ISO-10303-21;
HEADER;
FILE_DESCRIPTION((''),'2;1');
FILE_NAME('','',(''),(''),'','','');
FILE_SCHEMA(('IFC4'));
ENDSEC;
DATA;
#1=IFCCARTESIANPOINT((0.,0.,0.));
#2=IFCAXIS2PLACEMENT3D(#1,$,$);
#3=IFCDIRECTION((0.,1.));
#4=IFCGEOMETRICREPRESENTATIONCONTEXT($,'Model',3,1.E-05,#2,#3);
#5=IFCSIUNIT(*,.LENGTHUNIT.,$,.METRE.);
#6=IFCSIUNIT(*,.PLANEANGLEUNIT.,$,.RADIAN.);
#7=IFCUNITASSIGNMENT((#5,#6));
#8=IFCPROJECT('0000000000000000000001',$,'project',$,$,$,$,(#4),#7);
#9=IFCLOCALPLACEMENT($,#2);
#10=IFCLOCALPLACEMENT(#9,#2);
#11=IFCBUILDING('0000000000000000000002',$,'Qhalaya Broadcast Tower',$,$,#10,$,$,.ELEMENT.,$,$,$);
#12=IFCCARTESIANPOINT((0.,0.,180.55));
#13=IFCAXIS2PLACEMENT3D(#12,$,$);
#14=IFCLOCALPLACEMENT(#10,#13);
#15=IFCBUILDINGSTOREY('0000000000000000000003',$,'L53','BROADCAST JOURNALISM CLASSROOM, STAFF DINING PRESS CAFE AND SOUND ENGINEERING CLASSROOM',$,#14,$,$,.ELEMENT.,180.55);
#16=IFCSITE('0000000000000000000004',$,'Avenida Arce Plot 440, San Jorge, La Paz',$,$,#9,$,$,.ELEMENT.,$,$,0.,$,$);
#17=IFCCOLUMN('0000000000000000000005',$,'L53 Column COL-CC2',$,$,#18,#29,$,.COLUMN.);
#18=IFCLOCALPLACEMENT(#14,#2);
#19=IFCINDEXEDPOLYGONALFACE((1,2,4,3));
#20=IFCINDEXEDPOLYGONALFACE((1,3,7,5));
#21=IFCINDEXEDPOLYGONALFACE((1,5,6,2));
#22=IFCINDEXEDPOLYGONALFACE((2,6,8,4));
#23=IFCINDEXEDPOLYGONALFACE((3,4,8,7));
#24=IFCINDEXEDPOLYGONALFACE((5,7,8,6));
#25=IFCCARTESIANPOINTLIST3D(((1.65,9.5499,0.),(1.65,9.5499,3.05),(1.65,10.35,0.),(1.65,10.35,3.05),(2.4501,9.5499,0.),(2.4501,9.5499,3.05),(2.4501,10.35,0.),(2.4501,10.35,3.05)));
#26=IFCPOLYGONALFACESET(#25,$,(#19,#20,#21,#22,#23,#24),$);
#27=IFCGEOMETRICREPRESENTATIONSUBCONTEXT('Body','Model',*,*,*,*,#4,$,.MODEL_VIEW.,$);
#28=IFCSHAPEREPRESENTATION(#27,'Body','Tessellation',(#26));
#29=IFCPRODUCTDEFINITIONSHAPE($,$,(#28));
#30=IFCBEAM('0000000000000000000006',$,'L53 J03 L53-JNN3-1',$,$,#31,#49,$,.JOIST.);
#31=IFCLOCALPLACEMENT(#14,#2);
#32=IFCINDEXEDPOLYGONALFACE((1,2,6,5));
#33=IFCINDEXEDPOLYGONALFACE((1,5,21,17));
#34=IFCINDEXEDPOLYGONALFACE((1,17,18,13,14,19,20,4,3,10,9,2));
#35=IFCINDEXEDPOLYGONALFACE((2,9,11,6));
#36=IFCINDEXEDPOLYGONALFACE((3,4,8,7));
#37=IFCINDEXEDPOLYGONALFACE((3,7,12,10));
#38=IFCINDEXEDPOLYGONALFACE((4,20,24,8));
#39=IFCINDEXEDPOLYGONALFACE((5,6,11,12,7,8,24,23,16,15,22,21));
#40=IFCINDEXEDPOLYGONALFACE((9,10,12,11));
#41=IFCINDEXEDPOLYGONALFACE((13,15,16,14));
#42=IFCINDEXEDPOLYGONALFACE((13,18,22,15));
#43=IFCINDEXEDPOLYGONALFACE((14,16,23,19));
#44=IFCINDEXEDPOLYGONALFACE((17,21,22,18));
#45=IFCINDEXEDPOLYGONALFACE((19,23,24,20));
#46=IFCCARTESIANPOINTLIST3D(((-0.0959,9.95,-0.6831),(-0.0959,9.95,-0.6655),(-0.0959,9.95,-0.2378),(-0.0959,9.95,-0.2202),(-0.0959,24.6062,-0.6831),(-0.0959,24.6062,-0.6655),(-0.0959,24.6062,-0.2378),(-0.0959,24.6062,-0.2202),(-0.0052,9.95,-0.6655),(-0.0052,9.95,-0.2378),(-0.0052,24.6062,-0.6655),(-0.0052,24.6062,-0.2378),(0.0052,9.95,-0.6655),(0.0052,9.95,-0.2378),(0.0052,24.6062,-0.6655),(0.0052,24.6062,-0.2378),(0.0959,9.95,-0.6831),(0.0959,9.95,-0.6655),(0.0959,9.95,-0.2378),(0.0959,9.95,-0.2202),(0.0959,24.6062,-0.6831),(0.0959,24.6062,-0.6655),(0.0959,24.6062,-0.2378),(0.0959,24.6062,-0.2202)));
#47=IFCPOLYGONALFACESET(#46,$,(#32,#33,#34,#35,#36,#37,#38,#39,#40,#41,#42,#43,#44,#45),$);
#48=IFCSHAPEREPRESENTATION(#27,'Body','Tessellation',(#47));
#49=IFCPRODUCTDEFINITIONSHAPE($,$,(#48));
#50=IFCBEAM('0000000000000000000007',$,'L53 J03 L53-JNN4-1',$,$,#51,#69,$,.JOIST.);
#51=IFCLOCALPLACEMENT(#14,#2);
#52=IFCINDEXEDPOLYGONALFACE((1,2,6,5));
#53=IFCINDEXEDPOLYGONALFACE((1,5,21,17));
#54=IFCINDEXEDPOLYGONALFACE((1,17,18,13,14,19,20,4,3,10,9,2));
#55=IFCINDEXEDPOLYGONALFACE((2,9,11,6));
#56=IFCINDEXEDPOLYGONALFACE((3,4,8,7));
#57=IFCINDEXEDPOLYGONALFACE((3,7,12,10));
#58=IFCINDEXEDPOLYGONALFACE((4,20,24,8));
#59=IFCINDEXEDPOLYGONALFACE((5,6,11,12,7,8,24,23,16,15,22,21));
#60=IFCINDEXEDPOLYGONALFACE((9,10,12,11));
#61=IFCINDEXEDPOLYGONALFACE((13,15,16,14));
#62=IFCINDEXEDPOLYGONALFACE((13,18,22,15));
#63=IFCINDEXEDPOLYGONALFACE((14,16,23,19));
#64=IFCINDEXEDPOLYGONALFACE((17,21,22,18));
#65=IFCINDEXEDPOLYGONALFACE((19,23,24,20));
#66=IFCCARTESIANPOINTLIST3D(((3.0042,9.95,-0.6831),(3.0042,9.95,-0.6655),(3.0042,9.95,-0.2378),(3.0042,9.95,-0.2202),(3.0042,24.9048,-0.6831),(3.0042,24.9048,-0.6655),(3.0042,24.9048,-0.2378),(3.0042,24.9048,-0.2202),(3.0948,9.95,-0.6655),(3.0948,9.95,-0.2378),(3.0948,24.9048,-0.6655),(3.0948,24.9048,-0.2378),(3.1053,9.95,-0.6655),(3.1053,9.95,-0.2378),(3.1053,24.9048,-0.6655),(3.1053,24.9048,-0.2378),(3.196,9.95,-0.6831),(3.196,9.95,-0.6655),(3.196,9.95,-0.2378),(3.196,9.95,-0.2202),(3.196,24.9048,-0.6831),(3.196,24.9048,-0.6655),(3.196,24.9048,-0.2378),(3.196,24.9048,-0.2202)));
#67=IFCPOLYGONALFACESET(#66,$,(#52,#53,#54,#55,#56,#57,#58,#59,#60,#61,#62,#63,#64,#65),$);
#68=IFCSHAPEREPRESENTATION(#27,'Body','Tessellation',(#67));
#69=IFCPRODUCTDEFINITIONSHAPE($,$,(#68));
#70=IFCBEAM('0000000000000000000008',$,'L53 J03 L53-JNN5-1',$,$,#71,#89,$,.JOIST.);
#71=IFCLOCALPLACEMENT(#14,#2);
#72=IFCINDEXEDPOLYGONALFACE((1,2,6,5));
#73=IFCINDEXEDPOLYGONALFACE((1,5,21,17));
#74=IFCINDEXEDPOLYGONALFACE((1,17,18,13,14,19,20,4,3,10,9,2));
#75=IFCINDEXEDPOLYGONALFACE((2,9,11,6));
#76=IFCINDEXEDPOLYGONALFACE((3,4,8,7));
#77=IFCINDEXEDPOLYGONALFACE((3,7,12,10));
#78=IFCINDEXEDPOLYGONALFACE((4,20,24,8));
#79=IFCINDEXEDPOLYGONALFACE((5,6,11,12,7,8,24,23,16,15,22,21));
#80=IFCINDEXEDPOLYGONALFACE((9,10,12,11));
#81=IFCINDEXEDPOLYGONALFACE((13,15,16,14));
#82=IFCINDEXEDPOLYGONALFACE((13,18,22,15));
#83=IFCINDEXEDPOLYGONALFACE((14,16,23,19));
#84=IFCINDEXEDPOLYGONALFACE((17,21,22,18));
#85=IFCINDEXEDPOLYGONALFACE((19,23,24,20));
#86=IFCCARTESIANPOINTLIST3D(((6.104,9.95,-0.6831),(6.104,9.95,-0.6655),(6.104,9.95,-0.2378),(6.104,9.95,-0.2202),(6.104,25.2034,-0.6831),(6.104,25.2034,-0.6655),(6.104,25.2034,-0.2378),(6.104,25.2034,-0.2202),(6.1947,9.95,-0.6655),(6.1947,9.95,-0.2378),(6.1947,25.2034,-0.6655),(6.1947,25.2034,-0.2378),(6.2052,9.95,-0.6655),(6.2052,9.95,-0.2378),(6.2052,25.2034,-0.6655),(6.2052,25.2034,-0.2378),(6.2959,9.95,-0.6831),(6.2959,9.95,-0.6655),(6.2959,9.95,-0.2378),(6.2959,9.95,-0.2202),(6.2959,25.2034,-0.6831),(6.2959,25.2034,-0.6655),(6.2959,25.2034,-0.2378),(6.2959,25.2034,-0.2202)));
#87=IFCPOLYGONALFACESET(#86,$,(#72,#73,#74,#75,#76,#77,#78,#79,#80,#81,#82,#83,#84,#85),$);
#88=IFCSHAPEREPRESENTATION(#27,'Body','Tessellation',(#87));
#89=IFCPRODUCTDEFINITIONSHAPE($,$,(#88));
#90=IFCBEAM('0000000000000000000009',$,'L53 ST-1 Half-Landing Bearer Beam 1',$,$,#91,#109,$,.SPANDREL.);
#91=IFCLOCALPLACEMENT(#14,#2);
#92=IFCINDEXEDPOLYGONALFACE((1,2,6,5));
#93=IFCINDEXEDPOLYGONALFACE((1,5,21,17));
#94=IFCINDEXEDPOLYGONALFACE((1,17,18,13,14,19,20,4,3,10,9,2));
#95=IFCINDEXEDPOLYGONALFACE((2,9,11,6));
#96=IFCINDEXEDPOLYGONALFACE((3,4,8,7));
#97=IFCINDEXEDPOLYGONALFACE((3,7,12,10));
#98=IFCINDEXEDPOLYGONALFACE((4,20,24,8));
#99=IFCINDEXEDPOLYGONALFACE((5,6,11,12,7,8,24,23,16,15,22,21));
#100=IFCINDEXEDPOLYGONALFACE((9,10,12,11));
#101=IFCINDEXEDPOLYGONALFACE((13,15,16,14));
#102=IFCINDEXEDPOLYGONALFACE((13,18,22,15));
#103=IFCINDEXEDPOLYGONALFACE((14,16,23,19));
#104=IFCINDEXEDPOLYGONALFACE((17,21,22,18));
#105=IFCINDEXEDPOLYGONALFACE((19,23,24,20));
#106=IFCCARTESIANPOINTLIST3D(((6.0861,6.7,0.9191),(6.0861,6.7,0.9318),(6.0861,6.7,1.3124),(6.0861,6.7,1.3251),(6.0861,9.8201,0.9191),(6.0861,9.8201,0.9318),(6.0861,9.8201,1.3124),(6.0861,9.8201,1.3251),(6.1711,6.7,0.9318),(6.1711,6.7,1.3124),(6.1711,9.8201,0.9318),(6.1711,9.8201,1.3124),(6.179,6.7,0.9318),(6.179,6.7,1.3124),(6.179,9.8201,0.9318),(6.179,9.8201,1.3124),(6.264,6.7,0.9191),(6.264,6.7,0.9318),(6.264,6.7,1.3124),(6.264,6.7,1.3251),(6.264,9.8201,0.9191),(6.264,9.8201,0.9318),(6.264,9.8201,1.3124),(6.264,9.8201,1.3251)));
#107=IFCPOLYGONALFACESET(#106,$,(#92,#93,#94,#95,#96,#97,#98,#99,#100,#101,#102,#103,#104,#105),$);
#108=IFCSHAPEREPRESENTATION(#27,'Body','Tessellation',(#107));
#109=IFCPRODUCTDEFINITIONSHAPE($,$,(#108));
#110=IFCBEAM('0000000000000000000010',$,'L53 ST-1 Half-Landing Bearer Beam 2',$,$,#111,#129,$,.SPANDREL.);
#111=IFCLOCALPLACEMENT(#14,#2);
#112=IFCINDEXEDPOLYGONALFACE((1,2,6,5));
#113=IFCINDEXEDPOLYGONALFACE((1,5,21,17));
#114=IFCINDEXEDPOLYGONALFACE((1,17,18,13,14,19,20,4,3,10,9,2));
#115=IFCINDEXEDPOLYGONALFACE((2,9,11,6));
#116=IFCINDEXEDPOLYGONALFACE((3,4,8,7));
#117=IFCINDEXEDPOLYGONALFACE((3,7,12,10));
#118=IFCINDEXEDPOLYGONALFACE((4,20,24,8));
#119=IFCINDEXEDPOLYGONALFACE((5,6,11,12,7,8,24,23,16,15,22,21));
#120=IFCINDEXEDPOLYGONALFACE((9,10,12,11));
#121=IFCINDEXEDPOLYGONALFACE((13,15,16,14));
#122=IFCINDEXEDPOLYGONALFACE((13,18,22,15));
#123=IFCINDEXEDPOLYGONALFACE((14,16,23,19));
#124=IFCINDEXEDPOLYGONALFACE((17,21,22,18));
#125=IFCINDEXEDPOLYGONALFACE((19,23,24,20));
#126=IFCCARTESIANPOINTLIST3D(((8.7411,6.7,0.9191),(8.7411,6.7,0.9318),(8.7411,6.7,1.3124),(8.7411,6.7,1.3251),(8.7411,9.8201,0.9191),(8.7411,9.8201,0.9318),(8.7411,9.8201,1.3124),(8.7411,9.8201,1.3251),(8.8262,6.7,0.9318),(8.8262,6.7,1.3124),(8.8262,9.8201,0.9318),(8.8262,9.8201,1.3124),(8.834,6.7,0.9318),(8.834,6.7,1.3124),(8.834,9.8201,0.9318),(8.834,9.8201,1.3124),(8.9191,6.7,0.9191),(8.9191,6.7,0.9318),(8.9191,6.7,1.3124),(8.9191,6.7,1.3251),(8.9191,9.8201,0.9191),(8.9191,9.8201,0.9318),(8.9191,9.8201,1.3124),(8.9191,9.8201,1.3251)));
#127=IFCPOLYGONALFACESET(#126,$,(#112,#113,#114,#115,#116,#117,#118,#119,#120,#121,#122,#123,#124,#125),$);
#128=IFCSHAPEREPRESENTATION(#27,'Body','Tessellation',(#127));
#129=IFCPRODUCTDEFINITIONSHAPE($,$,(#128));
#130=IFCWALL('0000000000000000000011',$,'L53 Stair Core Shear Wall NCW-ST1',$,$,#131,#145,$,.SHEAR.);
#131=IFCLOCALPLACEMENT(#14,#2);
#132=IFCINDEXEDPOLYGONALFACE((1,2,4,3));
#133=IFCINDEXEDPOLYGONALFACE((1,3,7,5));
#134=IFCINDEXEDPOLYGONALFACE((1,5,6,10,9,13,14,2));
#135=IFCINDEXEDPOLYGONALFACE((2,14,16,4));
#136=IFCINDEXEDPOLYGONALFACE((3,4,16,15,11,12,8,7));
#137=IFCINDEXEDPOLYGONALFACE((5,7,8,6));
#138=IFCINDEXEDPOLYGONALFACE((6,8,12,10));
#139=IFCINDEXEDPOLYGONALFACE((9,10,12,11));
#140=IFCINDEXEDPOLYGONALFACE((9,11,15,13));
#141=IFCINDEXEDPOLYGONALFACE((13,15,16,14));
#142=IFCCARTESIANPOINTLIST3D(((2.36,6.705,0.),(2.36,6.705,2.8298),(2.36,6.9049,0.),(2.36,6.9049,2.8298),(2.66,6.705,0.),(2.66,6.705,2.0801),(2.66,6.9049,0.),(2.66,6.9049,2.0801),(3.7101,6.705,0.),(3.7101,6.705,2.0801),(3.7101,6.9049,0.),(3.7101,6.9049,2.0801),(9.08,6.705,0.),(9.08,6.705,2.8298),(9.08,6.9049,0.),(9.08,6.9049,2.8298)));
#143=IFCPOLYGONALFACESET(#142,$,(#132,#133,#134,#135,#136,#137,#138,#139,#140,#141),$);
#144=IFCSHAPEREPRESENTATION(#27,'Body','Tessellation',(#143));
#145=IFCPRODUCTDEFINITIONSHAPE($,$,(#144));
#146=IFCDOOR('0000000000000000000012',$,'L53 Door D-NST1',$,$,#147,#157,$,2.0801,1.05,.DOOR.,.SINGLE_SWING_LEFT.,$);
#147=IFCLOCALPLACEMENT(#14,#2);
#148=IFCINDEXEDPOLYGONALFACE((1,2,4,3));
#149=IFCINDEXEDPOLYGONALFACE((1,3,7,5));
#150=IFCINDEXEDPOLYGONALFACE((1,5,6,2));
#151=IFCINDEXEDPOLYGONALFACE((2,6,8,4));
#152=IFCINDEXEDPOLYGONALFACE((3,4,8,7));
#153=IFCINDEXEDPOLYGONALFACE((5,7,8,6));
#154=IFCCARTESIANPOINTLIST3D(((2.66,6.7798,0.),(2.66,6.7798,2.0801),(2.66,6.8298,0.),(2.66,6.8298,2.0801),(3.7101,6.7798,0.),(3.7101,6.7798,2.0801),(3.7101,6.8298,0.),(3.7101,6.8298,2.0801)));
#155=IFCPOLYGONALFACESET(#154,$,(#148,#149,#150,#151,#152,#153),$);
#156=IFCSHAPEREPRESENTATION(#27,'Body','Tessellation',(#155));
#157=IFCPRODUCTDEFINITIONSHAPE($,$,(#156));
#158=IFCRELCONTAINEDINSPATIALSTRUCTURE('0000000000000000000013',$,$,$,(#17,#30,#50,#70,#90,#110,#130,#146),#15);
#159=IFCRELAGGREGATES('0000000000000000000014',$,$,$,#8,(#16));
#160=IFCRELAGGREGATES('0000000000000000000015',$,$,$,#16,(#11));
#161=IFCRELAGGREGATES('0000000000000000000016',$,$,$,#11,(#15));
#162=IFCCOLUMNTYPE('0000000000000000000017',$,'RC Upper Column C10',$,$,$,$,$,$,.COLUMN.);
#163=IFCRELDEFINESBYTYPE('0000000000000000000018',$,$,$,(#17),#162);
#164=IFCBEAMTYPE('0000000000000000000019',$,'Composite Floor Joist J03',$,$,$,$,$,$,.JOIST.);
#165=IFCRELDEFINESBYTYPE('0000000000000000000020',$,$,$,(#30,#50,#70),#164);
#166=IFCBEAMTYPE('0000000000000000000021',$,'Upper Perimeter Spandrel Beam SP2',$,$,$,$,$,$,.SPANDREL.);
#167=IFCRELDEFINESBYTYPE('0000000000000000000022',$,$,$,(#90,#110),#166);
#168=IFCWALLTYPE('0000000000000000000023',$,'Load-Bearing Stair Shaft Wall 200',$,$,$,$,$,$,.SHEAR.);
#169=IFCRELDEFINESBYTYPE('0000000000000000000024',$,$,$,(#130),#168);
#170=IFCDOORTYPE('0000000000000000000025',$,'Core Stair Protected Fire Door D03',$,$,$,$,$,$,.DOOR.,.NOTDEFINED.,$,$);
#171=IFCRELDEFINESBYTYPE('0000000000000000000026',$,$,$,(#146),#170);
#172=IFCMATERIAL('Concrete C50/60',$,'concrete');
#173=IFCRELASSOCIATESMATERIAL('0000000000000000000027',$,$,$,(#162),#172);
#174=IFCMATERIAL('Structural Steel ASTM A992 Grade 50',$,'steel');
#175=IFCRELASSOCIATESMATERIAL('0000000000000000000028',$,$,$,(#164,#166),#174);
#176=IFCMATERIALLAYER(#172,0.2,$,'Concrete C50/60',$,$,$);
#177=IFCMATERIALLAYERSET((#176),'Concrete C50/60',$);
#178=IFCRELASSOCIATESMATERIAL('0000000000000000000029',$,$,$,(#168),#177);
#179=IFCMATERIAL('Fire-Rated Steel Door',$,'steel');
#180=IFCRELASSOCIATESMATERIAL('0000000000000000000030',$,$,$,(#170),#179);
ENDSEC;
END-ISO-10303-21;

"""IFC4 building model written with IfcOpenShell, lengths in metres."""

from ifc_helpers import new_model, si_unit, direction, frame, frame_2d, origin, origin_2d, place, context, subcontext, project, spatial, rectangle, i_section, extrude, material, layer, layer_set, material_profile, profile_set, type_object, element, fill, save


model = new_model("IFC4")

# Units and contexts
model_context = context("Model", 3, precision=1e-05, world=origin(), true_north=direction((0.0, 1.0)))
body_context = subcontext(model_context, "Body", "Model", "MODEL_VIEW")
ifc_project = project(units=[si_unit("LENGTHUNIT", "METRE"), si_unit("PLANEANGLEUNIT", "RADIAN")], contexts=[model_context])

# Site, building, storey
site_placement = place(None, origin())
site = spatial("IfcSite", under=ifc_project, at=site_placement, Name="Avenida Arce Plot 440, San Jorge, La Paz", CompositionType="ELEMENT", RefElevation=0.0)
building_placement = place(site_placement, origin())
building = spatial("IfcBuilding", under=site, at=building_placement, Name="Qhalaya Broadcast Tower", CompositionType="ELEMENT")
storey_placement = place(building_placement, frame((0.0, 0.0, 180.55)))
storey = spatial("IfcBuildingStorey", under=building, at=storey_placement, Name="L53", Description="BROADCAST JOURNALISM CLASSROOM, STAFF DINING PRESS CAFE AND SOUND ENGINEERING CLASSROOM", CompositionType="ELEMENT", Elevation=180.55)

# Column
ifc_material_1 = material(Name="Concrete C50/60", Category="concrete")
ifc_material_profile_1 = material_profile(ifc_material_1, rectangle(XDim=0.8, YDim=0.8, at=origin_2d()), Name="RC-COL 800x800")
ifc_profile_set_1 = profile_set([ifc_material_profile_1], Name="Concrete C50/60")
column_type = type_object("IfcColumnType", Name="RC Upper Column C10", PredefinedType="COLUMN", material=ifc_profile_set_1)
column_placement = place(storey_placement, frame((2.05, 9.95, 0.0), z_axis=(0.0, 0.0, 1.0), x_axis=(1.0, 0.0, 0.0)))
element("IfcColumn", 1, at=column_placement, inside=storey, type_object=column_type, Name="L53 Column COL-CC2", PredefinedType="COLUMN", context=body_context, shape_type="SweptSolid", body=[
    extrude(rectangle(XDim=0.8, YDim=0.8, at=origin_2d()), origin(), (0.0, 0.0, 1.0), 3.05),
])

# Beams
ifc_material_2 = material(Name="Structural Steel ASTM A992 Grade 50", Category="steel")
ifc_material_profile_2 = material_profile(ifc_material_2, i_section(OverallWidth=0.1919, OverallDepth=0.4629, WebThickness=0.0105, FlangeThickness=0.0176, at=origin_2d()), Name="W18X60")
ifc_profile_set_2 = profile_set([ifc_material_profile_2], Name="Structural Steel ASTM A992 Grade 50")
beam_type_1 = type_object("IfcBeamType", Name="Composite Floor Joist J03", PredefinedType="JOIST", material=ifc_profile_set_2)
beam_1_placement = place(storey_placement, frame((0.0, 9.95, -0.4517), z_axis=(0.0, 1.0, 0.0), x_axis=(-1.0, 0.0, 0.0)))
element("IfcBeam", 2, at=beam_1_placement, inside=storey, type_object=beam_type_1, Name="L53 J03 L53-JNN3-1", PredefinedType="JOIST", context=body_context, shape_type="SweptSolid", body=[
    extrude(i_section(OverallWidth=0.1919, OverallDepth=0.4629, WebThickness=0.0105, FlangeThickness=0.0176, at=origin_2d()), origin(), (0.0, 0.0, 1.0), 14.6562),
])
beam_2_placement = place(storey_placement, frame((3.1001, 9.95, -0.4517), z_axis=(0.0, 1.0, 0.0), x_axis=(-1.0, 0.0, 0.0)))
element("IfcBeam", 3, at=beam_2_placement, inside=storey, type_object=beam_type_1, Name="L53 J03 L53-JNN4-1", PredefinedType="JOIST", context=body_context, shape_type="SweptSolid", body=[
    extrude(i_section(OverallWidth=0.1919, OverallDepth=0.4629, WebThickness=0.0105, FlangeThickness=0.0176, at=origin_2d()), origin(), (0.0, 0.0, 1.0), 14.9548),
])
beam_3_placement = place(storey_placement, frame((6.2, 9.95, -0.4517), z_axis=(0.0, 1.0, 0.0), x_axis=(-1.0, 0.0, 0.0)))
element("IfcBeam", 4, at=beam_3_placement, inside=storey, type_object=beam_type_1, Name="L53 J03 L53-JNN5-1", PredefinedType="JOIST", context=body_context, shape_type="SweptSolid", body=[
    extrude(i_section(OverallWidth=0.1919, OverallDepth=0.4629, WebThickness=0.0105, FlangeThickness=0.0176, at=origin_2d()), origin(), (0.0, 0.0, 1.0), 15.2534),
])
ifc_material_profile_3 = material_profile(ifc_material_2, i_section(OverallWidth=0.178, OverallDepth=0.406, WebThickness=0.0078, FlangeThickness=0.0127, at=origin_2d()), Name="W16X40")
ifc_profile_set_3 = profile_set([ifc_material_profile_3], Name="Structural Steel ASTM A992 Grade 50")
beam_type_2 = type_object("IfcBeamType", Name="Upper Perimeter Spandrel Beam SP2", PredefinedType="SPANDREL", material=ifc_profile_set_3)
for number, where, z_axis, x_axis, name in (
    (5, (6.175, 6.7, 1.1221), (0.0, 1.0, 0.0), (-1.0, 0.0, 0.0), "L53 ST-1 Half-Landing Bearer Beam 1"),
    (6, (8.8301, 6.7, 1.1221), (0.0, 1.0, 0.0), (-1.0, 0.0, 0.0), "L53 ST-1 Half-Landing Bearer Beam 2"),
):
    element("IfcBeam", number, at=place(storey_placement, frame(where, z_axis=z_axis, x_axis=x_axis)), inside=storey, type_object=beam_type_2, Name=name, PredefinedType="SPANDREL", context=body_context, shape_type="SweptSolid", body=[
        extrude(i_section(OverallWidth=0.178, OverallDepth=0.406, WebThickness=0.0078, FlangeThickness=0.0127, at=origin_2d()), origin(), (0.0, 0.0, 1.0), 3.1201),
    ])

# Wall, opening, door
ifc_layer_1 = layer(ifc_material_1, 0.2, Name="Concrete C50/60")
ifc_layer_set_1 = layer_set([ifc_layer_1], Name="Concrete C50/60")
wall_type_1 = type_object("IfcWallType", Name="Load-Bearing Stair Shaft Wall 200", PredefinedType="SHEAR", material=ifc_layer_set_1)
wall_1_placement = place(storey_placement, frame((2.3601, 6.8049, 0.0), z_axis=(0.0, 0.0, 1.0), x_axis=(1.0, 0.0, 0.0)))
wall_1 = element("IfcWall", 7, at=wall_1_placement, inside=storey, type_object=wall_type_1, Name="L53 Stair Core Shear Wall NCW-ST1", PredefinedType="SHEAR", context=body_context, shape_type="SweptSolid", body=[
    extrude(rectangle(XDim=6.72, YDim=0.2, at=frame_2d((3.3599, 0.0))), origin(), (0.0, 0.0, 1.0), 2.8298),
])
opening_1_placement = place(wall_1_placement, frame((0.3, 0.0, 0.0)))
opening_1 = element("IfcOpeningElement", 8, at=opening_1_placement, cuts=wall_1, PredefinedType="OPENING", context=body_context, shape_type="SweptSolid", body=[
    extrude(rectangle(XDim=1.05, YDim=2.0801, at=frame_2d((0.5249, 1.04))), frame((0.0, 0.1121, 0.0), z_axis=(0.0, -1.0, 0.0), x_axis=(1.0, 0.0, 0.0)), (0.0, 0.0, 1.0), 0.2239),
])
ifc_material_3 = material(Name="Fire-Rated Steel Door", Category="steel")
door_type_1 = type_object("IfcDoorType", Name="Core Stair Protected Fire Door D03", OperationType="NOTDEFINED", PredefinedType="DOOR", material=ifc_material_3)
door_1_placement = place(opening_1_placement, origin())
door_1 = element("IfcDoor", 9, at=door_1_placement, inside=storey, type_object=door_type_1, Name="L53 Door D-NST1", OperationType="SINGLE_SWING_LEFT", OverallHeight=2.0801, OverallWidth=1.05, PredefinedType="DOOR", context=body_context, shape_type="SweptSolid", body=[
    extrude(rectangle(XDim=1.05, YDim=2.0801, at=frame_2d((0.5249, 1.04))), frame((0.0, 0.0249, 0.0), z_axis=(0.0, -1.0, 0.0), x_axis=(1.0, 0.0, 0.0)), (0.0, 0.0, 1.0), 0.05),
])
fill(opening_1, door_1)

save(model, "model.ifc")
